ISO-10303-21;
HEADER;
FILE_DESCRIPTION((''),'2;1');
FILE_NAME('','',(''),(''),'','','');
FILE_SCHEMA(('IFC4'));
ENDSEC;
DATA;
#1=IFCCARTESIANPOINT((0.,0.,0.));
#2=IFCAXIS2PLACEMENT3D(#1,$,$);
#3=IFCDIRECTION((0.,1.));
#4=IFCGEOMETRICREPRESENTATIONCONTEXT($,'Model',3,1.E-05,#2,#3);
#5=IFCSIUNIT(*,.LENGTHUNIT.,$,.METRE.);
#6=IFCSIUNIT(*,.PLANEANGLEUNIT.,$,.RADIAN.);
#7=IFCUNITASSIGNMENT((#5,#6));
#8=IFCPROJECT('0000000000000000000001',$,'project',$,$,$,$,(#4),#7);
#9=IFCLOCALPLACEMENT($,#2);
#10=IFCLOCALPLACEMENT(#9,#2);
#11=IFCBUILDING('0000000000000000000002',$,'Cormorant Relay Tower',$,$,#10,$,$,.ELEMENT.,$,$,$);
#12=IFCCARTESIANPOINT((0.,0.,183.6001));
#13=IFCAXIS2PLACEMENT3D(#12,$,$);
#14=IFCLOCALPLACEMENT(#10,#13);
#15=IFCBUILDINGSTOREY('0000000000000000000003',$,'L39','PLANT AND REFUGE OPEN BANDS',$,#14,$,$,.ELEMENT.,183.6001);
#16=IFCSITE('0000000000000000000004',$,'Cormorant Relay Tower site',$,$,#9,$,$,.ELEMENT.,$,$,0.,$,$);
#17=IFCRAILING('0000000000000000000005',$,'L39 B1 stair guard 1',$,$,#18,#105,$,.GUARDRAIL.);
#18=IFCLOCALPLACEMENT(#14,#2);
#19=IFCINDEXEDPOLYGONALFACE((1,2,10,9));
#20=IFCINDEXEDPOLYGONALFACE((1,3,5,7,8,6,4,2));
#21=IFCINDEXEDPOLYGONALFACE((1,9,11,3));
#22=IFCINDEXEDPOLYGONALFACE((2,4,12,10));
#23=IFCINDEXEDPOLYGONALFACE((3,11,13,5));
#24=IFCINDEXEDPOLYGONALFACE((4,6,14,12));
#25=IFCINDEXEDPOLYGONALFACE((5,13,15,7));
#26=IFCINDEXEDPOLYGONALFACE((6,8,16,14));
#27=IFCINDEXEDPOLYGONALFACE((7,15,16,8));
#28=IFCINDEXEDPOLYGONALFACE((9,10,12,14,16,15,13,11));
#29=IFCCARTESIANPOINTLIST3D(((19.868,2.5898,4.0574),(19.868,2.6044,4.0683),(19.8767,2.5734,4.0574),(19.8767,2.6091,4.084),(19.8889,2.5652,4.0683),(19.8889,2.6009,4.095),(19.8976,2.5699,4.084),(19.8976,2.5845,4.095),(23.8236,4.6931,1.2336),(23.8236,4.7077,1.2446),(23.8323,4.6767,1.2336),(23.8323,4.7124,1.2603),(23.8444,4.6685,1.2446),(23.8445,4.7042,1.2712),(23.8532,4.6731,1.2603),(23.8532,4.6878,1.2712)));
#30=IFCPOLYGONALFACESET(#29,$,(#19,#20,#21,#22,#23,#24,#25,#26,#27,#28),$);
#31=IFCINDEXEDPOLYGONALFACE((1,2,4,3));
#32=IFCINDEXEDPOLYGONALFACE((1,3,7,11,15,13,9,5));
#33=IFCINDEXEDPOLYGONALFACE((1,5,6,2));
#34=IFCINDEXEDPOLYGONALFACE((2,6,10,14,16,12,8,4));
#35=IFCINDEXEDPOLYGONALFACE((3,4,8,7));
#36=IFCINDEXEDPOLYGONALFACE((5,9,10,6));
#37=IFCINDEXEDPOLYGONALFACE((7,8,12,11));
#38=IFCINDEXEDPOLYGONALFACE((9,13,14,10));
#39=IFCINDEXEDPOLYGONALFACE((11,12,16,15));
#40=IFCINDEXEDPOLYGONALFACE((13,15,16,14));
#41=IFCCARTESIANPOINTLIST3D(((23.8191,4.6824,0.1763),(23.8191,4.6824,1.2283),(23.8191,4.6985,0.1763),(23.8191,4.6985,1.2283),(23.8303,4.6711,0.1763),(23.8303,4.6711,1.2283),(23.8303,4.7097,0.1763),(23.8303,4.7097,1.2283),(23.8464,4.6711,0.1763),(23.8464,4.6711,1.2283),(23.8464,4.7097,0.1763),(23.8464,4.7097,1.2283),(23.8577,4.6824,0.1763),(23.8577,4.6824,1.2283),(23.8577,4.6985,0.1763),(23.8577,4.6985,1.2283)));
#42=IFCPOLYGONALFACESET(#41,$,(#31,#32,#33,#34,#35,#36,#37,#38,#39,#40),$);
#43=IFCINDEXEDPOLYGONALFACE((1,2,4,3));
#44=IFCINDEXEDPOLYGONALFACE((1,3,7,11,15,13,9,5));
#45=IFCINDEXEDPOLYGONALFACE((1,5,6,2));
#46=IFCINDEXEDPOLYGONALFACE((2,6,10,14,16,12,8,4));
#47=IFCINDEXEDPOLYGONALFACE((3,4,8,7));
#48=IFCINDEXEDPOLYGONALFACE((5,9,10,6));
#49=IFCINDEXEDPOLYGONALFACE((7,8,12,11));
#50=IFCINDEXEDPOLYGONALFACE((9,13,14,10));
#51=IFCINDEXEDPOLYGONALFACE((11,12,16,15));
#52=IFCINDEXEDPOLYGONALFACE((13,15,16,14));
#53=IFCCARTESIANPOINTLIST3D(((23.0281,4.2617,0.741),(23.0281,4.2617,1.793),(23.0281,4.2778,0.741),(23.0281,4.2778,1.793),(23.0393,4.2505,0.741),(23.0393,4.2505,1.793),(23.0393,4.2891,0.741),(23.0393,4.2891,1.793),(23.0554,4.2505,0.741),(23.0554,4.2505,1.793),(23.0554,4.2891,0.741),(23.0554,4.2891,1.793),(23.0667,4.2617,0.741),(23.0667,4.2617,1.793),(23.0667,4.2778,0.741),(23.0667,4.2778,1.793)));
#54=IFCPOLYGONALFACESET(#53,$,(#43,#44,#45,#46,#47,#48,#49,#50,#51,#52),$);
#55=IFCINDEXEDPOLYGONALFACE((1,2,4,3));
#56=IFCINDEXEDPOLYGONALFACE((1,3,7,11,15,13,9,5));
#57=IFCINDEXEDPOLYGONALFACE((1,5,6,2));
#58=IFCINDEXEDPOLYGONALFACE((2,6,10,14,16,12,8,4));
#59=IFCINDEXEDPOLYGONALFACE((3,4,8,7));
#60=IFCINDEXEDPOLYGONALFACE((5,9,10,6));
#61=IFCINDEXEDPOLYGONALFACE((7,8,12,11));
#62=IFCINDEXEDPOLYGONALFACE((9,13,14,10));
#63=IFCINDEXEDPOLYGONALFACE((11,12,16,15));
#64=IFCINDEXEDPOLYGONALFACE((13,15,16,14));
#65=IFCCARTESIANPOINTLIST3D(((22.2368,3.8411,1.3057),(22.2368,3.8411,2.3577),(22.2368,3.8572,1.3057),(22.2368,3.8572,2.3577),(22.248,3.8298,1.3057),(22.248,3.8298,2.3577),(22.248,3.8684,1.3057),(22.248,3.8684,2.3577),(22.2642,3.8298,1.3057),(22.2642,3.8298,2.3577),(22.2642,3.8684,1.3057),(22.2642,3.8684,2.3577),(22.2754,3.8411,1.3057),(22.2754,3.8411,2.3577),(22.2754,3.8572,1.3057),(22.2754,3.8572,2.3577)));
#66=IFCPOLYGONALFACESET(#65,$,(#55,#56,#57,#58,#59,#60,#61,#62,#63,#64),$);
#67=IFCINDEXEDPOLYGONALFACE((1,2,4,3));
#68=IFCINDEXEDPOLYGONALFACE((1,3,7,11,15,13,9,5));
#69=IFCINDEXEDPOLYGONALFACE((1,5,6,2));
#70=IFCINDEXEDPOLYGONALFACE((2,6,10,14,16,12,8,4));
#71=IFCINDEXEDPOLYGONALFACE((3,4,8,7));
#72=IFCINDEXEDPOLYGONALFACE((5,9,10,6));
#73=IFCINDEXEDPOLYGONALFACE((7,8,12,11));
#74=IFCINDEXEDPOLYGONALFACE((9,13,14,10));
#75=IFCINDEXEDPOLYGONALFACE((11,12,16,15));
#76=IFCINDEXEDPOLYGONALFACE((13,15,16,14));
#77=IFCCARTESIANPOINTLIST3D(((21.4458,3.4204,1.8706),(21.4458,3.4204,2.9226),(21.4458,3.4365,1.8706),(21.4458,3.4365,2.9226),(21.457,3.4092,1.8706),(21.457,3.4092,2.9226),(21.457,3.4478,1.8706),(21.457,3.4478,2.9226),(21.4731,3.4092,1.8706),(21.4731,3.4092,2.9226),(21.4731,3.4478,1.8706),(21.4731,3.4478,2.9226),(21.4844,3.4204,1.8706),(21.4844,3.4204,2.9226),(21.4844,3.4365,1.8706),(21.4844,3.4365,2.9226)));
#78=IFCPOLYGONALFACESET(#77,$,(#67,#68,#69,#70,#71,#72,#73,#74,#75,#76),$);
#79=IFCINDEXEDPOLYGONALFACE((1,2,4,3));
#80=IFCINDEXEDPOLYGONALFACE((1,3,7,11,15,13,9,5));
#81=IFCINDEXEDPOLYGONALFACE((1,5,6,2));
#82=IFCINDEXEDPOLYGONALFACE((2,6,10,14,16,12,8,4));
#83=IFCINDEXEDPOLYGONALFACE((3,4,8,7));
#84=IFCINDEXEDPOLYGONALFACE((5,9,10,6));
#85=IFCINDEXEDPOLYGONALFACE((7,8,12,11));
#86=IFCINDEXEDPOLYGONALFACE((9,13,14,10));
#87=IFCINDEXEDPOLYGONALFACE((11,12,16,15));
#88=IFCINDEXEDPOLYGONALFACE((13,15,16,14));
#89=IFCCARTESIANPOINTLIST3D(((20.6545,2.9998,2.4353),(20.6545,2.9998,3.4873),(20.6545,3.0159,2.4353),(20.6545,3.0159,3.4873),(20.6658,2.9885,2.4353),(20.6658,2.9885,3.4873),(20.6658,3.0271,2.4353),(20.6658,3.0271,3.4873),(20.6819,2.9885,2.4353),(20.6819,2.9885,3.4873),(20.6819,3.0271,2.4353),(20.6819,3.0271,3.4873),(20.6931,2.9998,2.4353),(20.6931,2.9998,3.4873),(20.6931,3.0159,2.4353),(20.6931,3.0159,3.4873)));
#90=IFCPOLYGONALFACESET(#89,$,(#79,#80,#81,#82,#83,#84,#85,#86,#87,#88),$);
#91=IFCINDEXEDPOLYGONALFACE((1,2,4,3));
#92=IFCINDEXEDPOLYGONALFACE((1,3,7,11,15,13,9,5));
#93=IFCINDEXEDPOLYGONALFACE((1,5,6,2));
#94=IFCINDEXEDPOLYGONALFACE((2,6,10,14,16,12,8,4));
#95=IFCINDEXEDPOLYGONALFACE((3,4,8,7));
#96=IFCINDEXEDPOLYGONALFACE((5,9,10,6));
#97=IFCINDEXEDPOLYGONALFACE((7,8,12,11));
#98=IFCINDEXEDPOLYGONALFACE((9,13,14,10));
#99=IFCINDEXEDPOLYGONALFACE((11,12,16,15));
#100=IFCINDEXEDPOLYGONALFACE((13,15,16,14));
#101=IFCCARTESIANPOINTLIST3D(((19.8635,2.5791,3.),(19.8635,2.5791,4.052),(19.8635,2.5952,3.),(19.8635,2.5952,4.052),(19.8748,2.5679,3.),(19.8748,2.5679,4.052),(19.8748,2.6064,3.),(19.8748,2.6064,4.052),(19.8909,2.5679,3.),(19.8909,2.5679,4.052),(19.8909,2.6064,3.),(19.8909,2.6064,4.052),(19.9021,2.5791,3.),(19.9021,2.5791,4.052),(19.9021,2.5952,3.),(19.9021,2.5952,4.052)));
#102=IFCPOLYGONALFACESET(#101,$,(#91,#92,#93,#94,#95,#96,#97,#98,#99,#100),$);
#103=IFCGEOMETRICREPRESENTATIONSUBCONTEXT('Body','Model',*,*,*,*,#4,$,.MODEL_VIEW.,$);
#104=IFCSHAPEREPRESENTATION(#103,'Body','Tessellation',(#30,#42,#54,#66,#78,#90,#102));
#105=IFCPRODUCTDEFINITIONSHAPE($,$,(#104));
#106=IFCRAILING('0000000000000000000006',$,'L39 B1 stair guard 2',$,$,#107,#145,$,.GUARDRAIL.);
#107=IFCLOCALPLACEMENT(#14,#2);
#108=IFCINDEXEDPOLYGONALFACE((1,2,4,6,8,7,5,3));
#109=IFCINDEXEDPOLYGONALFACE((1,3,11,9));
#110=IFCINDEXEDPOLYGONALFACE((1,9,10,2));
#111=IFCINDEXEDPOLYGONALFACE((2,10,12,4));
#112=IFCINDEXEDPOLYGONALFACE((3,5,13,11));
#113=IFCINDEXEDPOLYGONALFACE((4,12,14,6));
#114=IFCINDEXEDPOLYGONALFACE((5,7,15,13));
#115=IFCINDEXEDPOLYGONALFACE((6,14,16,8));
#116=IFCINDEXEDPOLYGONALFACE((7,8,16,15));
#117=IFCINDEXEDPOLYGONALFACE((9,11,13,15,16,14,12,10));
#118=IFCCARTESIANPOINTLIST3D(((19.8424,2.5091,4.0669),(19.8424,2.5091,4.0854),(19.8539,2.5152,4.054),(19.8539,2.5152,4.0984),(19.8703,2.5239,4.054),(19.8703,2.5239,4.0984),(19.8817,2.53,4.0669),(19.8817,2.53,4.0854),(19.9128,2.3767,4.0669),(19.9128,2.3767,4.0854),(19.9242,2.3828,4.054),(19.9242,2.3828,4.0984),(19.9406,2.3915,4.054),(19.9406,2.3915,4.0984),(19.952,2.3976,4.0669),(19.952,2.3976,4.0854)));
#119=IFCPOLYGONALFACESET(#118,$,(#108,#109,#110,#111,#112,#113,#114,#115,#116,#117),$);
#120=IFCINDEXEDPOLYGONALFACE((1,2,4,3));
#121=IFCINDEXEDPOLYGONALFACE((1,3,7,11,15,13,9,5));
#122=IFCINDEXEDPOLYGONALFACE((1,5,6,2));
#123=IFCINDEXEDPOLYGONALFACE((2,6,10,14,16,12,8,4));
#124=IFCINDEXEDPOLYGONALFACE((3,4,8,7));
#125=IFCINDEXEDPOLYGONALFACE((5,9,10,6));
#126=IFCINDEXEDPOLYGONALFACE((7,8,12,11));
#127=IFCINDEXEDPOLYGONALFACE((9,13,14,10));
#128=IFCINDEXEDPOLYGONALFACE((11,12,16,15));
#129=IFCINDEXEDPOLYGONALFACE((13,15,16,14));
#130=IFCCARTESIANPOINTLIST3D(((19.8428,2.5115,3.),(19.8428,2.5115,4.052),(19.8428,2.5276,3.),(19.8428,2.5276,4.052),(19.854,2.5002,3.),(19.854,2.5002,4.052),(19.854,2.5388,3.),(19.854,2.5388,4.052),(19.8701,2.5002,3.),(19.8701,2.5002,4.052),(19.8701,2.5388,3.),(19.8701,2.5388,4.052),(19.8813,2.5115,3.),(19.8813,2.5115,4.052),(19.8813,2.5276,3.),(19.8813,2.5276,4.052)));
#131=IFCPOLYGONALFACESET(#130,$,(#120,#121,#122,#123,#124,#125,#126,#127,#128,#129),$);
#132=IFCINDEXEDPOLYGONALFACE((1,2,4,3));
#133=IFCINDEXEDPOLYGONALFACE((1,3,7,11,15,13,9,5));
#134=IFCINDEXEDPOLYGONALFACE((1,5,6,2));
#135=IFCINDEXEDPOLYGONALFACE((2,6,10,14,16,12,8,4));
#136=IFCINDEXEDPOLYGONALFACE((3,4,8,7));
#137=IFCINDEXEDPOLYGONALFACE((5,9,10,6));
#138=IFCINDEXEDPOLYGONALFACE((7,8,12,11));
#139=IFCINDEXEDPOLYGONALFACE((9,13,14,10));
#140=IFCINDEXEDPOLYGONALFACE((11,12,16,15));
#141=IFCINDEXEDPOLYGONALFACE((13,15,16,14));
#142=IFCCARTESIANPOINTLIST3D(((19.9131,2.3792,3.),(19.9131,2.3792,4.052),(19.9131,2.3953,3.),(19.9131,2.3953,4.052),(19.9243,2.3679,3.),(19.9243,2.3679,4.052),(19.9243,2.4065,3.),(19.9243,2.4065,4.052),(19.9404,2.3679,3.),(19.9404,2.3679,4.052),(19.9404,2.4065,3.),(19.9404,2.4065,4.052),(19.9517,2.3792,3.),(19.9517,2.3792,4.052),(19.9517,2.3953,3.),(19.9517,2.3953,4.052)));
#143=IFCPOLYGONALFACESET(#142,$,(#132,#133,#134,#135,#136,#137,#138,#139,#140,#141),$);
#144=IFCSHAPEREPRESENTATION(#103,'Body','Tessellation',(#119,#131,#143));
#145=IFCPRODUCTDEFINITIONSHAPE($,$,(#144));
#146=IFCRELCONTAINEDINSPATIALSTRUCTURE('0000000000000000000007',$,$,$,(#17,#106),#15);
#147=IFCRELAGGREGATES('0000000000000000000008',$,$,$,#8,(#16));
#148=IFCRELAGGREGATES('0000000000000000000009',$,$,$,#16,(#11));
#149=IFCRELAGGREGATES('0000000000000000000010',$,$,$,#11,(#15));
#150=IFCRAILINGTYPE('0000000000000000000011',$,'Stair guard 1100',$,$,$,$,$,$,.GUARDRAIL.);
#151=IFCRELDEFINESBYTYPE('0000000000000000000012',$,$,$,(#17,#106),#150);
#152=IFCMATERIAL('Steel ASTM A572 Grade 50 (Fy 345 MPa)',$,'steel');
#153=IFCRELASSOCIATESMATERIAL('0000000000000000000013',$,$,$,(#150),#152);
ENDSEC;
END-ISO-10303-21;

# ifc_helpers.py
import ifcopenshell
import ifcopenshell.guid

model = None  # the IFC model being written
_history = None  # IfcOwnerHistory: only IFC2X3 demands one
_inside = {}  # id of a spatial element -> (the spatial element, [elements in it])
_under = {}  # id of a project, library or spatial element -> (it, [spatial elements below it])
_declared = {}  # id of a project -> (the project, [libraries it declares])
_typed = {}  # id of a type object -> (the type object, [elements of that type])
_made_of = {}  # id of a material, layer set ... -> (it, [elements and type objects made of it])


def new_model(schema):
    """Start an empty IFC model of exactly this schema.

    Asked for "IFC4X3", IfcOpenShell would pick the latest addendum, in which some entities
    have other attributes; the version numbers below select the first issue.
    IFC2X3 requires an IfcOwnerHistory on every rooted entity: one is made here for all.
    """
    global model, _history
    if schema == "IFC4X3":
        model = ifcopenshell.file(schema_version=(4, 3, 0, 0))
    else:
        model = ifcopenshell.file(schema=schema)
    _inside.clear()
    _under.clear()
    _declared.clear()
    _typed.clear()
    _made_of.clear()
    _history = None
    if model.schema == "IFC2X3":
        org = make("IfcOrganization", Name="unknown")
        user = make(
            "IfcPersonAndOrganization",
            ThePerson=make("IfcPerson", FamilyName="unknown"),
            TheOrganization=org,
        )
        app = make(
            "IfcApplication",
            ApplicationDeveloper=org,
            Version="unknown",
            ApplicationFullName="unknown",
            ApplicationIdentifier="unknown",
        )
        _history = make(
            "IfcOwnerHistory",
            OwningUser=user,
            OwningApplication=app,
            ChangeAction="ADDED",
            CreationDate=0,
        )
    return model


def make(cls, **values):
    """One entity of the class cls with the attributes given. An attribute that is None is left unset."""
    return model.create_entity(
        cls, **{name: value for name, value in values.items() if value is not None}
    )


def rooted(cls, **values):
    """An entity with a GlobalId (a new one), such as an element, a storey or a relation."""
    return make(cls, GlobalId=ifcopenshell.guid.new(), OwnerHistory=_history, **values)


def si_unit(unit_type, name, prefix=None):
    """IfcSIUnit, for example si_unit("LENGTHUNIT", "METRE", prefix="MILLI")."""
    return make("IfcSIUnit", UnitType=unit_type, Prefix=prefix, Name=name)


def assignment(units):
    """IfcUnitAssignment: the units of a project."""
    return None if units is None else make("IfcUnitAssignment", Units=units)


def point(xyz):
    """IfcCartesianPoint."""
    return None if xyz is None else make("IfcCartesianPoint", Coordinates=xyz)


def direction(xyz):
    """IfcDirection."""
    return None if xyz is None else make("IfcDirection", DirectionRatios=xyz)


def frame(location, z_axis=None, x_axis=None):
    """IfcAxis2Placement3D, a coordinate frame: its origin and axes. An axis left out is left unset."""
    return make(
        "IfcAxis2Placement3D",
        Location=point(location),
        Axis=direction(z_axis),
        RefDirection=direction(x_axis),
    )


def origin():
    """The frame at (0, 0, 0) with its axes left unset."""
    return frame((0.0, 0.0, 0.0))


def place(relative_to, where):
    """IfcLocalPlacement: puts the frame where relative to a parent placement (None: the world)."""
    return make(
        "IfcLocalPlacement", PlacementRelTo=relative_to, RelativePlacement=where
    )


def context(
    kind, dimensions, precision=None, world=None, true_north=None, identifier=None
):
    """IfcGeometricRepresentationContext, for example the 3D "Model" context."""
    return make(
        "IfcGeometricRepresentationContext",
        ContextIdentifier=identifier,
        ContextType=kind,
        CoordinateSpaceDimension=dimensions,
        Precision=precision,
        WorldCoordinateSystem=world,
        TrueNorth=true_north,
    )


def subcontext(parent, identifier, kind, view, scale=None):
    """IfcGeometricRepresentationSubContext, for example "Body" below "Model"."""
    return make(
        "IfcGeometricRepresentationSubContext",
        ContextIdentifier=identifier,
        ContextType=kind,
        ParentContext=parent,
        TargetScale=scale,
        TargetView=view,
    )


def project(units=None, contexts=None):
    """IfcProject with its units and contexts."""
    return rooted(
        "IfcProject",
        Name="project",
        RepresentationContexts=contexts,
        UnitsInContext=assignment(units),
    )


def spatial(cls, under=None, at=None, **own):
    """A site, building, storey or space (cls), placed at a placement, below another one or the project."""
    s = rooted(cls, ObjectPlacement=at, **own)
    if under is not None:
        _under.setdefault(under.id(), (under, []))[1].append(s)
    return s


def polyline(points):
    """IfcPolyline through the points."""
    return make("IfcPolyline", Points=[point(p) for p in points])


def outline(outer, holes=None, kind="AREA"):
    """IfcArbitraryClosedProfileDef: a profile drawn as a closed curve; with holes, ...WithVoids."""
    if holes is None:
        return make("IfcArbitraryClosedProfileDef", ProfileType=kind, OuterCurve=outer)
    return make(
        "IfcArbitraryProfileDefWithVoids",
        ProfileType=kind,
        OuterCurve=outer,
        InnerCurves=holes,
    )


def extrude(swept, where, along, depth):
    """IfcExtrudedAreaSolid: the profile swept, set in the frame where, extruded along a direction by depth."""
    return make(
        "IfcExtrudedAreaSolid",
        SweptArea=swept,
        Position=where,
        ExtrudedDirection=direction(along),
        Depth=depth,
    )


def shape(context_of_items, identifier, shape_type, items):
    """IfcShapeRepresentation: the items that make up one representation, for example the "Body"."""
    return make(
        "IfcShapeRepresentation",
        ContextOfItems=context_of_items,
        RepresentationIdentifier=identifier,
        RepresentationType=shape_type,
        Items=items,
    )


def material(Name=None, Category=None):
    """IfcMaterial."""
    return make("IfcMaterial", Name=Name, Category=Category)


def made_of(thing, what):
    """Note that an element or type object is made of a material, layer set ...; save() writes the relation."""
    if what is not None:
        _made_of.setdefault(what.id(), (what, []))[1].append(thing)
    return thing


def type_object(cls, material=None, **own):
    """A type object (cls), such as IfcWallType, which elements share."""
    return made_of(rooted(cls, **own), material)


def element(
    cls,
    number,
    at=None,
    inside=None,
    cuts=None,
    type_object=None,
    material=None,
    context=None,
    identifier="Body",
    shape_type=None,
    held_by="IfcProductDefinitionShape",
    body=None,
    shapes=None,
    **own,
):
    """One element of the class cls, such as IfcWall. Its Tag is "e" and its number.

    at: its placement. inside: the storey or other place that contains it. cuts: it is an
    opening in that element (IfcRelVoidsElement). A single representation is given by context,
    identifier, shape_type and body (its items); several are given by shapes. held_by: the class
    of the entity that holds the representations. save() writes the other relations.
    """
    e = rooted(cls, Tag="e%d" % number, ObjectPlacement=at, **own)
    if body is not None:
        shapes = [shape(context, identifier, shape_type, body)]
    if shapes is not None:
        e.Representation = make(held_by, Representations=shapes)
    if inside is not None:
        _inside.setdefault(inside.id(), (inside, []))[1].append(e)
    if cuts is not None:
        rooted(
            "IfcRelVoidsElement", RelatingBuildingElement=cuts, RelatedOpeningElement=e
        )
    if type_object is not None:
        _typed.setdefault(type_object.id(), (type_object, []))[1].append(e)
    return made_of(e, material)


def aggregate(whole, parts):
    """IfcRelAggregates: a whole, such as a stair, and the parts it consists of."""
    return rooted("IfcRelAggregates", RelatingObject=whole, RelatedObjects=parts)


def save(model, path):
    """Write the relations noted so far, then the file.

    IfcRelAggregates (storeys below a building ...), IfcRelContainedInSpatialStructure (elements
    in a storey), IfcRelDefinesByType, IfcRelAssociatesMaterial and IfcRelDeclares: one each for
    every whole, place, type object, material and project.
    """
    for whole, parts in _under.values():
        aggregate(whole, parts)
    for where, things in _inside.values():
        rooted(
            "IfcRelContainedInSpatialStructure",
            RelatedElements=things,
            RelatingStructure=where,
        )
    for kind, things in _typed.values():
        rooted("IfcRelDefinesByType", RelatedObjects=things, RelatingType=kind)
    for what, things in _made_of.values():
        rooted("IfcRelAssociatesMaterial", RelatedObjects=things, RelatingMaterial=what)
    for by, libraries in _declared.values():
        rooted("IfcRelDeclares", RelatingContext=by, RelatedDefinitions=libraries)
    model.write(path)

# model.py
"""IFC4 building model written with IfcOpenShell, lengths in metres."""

from ifc_helpers import new_model, si_unit, direction, frame, origin, place, context, subcontext, project, spatial, polyline, outline, extrude, material, type_object, element, save


model = new_model("IFC4")

# Units and contexts
model_context = context("Model", 3, precision=1e-05, world=origin(), true_north=direction((0.0, 1.0)))
body_context = subcontext(model_context, "Body", "Model", "MODEL_VIEW")
ifc_project = project(units=[si_unit("LENGTHUNIT", "METRE"), si_unit("PLANEANGLEUNIT", "RADIAN")], contexts=[model_context])

# Site, building, storey
site_placement = place(None, origin())
site = spatial("IfcSite", under=ifc_project, at=site_placement, Name="Cormorant Relay Tower site", CompositionType="ELEMENT", RefElevation=0.0)
building_placement = place(site_placement, origin())
building = spatial("IfcBuilding", under=site, at=building_placement, Name="Cormorant Relay Tower", CompositionType="ELEMENT")
storey_placement = place(building_placement, frame((0.0, 0.0, 183.6001)))
storey = spatial("IfcBuildingStorey", under=building, at=storey_placement, Name="L39", Description="PLANT AND REFUGE OPEN BANDS", CompositionType="ELEMENT", Elevation=183.6001)

# Railings
ifc_material_1 = material(Name="Steel ASTM A572 Grade 50 (Fy 345 MPa)", Category="steel")
railing_type_1 = type_object("IfcRailingType", Name="Stair guard 1100", PredefinedType="GUARDRAIL", material=ifc_material_1)
railing_1_placement = place(storey_placement, frame((23.8384, 4.6904, 0.1763)))
element("IfcRailing", 1, at=railing_1_placement, inside=storey, type_object=railing_type_1, Name="L39 B1 stair guard 1", PredefinedType="GUARDRAIL", context=body_context, shape_type="SweptSolid", body=[
    extrude(outline(polyline([(0.0222, 0.0093), (0.0093, 0.0222), (-0.0093, 0.0222), (-0.0222, 0.0093), (-0.0222, -0.0093), (-0.0093, -0.0222), (0.0093, -0.0222), (0.0222, -0.0093), (0.0222, 0.0093)])), frame((0.0, 0.0, 1.0762), z_axis=(-0.746949, -0.397171, 0.533219), x_axis=(0.469482, -0.882942, 0.0)), (0.0, 0.0, 1.0), 5.2957),
    extrude(outline(polyline([(0.0193, 0.0081), (0.0081, 0.0193), (-0.0081, 0.0193), (-0.0193, 0.0081), (-0.0193, -0.0081), (-0.0081, -0.0193), (0.0081, -0.0193), (0.0193, -0.0081), (0.0193, 0.0081)])), origin(), (0.0, 0.0, 1.0), 1.052),
    extrude(outline(polyline([(0.0193, 0.0081), (0.0081, 0.0193), (-0.0081, 0.0193), (-0.0193, 0.0081), (-0.0193, -0.0081), (-0.0081, -0.0193), (0.0081, -0.0193), (0.0193, -0.0081), (0.0193, 0.0081)])), frame((-0.791, -0.4207, 0.5647)), (0.0, 0.0, 1.0), 1.052),
    extrude(outline(polyline([(0.0193, 0.0081), (0.0081, 0.0193), (-0.0081, 0.0193), (-0.0193, 0.0081), (-0.0193, -0.0081), (-0.0081, -0.0193), (0.0081, -0.0193), (0.0193, -0.0081), (0.0193, 0.0081)])), frame((-1.5823, -0.8413, 1.1294)), (0.0, 0.0, 1.0), 1.052),
    extrude(outline(polyline([(0.0193, 0.0081), (0.0081, 0.0193), (-0.0081, 0.0193), (-0.0193, 0.0081), (-0.0193, -0.0081), (-0.0081, -0.0193), (0.0081, -0.0193), (0.0193, -0.0081), (0.0193, 0.0081)])), frame((-2.3733, -1.262, 1.6943)), (0.0, 0.0, 1.0), 1.052),
    extrude(outline(polyline([(0.0193, 0.0081), (0.0081, 0.0193), (-0.0081, 0.0193), (-0.0193, 0.0081), (-0.0193, -0.0081), (-0.0081, -0.0193), (0.0081, -0.0193), (0.0193, -0.0081), (0.0193, 0.0081)])), frame((-3.1646, -1.6826, 2.259)), (0.0, 0.0, 1.0), 1.052),
    extrude(outline(polyline([(0.0193, 0.0081), (0.0081, 0.0193), (-0.0081, 0.0193), (-0.0193, 0.0081), (-0.0193, -0.0081), (-0.0081, -0.0193), (0.0081, -0.0193), (0.0193, -0.0081), (0.0193, 0.0081)])), frame((-3.9556, -2.1033, 2.8237)), (0.0, 0.0, 1.0), 1.052),
])
railing_2_placement = place(storey_placement, frame((19.8621, 2.5195, 3.0)))
element("IfcRailing", 2, at=railing_2_placement, inside=storey, type_object=railing_type_1, Name="L39 B1 stair guard 2", PredefinedType="GUARDRAIL", context=body_context, shape_type="SweptSolid", body=[
    extrude(outline(polyline([(0.0222, 0.0093), (0.0093, 0.0222), (-0.0093, 0.0222), (-0.0222, 0.0093), (-0.0222, -0.0093), (-0.0093, -0.0222), (0.0093, -0.0222), (0.0222, -0.0093), (0.0222, 0.0093)])), frame((0.0, 0.0, 1.0762), z_axis=(0.469235, -0.883074, 0.0), x_axis=(0.883074, 0.469235, 0.0)), (0.0, 0.0, 1.0), 0.1499),
    extrude(outline(polyline([(0.0193, 0.0081), (0.0081, 0.0193), (-0.0081, 0.0193), (-0.0193, 0.0081), (-0.0193, -0.0081), (-0.0081, -0.0193), (0.0081, -0.0193), (0.0193, -0.0081), (0.0193, 0.0081)])), origin(), (0.0, 0.0, 1.0), 1.052),
    extrude(outline(polyline([(0.0193, 0.0081), (0.0081, 0.0193), (-0.0081, 0.0193), (-0.0193, 0.0081), (-0.0193, -0.0081), (-0.0081, -0.0193), (0.0081, -0.0193), (0.0193, -0.0081), (0.0193, 0.0081)])), frame((0.0703, -0.1323, 0.0)), (0.0, 0.0, 1.0), 1.052),
])

save(model, "model.ifc")
